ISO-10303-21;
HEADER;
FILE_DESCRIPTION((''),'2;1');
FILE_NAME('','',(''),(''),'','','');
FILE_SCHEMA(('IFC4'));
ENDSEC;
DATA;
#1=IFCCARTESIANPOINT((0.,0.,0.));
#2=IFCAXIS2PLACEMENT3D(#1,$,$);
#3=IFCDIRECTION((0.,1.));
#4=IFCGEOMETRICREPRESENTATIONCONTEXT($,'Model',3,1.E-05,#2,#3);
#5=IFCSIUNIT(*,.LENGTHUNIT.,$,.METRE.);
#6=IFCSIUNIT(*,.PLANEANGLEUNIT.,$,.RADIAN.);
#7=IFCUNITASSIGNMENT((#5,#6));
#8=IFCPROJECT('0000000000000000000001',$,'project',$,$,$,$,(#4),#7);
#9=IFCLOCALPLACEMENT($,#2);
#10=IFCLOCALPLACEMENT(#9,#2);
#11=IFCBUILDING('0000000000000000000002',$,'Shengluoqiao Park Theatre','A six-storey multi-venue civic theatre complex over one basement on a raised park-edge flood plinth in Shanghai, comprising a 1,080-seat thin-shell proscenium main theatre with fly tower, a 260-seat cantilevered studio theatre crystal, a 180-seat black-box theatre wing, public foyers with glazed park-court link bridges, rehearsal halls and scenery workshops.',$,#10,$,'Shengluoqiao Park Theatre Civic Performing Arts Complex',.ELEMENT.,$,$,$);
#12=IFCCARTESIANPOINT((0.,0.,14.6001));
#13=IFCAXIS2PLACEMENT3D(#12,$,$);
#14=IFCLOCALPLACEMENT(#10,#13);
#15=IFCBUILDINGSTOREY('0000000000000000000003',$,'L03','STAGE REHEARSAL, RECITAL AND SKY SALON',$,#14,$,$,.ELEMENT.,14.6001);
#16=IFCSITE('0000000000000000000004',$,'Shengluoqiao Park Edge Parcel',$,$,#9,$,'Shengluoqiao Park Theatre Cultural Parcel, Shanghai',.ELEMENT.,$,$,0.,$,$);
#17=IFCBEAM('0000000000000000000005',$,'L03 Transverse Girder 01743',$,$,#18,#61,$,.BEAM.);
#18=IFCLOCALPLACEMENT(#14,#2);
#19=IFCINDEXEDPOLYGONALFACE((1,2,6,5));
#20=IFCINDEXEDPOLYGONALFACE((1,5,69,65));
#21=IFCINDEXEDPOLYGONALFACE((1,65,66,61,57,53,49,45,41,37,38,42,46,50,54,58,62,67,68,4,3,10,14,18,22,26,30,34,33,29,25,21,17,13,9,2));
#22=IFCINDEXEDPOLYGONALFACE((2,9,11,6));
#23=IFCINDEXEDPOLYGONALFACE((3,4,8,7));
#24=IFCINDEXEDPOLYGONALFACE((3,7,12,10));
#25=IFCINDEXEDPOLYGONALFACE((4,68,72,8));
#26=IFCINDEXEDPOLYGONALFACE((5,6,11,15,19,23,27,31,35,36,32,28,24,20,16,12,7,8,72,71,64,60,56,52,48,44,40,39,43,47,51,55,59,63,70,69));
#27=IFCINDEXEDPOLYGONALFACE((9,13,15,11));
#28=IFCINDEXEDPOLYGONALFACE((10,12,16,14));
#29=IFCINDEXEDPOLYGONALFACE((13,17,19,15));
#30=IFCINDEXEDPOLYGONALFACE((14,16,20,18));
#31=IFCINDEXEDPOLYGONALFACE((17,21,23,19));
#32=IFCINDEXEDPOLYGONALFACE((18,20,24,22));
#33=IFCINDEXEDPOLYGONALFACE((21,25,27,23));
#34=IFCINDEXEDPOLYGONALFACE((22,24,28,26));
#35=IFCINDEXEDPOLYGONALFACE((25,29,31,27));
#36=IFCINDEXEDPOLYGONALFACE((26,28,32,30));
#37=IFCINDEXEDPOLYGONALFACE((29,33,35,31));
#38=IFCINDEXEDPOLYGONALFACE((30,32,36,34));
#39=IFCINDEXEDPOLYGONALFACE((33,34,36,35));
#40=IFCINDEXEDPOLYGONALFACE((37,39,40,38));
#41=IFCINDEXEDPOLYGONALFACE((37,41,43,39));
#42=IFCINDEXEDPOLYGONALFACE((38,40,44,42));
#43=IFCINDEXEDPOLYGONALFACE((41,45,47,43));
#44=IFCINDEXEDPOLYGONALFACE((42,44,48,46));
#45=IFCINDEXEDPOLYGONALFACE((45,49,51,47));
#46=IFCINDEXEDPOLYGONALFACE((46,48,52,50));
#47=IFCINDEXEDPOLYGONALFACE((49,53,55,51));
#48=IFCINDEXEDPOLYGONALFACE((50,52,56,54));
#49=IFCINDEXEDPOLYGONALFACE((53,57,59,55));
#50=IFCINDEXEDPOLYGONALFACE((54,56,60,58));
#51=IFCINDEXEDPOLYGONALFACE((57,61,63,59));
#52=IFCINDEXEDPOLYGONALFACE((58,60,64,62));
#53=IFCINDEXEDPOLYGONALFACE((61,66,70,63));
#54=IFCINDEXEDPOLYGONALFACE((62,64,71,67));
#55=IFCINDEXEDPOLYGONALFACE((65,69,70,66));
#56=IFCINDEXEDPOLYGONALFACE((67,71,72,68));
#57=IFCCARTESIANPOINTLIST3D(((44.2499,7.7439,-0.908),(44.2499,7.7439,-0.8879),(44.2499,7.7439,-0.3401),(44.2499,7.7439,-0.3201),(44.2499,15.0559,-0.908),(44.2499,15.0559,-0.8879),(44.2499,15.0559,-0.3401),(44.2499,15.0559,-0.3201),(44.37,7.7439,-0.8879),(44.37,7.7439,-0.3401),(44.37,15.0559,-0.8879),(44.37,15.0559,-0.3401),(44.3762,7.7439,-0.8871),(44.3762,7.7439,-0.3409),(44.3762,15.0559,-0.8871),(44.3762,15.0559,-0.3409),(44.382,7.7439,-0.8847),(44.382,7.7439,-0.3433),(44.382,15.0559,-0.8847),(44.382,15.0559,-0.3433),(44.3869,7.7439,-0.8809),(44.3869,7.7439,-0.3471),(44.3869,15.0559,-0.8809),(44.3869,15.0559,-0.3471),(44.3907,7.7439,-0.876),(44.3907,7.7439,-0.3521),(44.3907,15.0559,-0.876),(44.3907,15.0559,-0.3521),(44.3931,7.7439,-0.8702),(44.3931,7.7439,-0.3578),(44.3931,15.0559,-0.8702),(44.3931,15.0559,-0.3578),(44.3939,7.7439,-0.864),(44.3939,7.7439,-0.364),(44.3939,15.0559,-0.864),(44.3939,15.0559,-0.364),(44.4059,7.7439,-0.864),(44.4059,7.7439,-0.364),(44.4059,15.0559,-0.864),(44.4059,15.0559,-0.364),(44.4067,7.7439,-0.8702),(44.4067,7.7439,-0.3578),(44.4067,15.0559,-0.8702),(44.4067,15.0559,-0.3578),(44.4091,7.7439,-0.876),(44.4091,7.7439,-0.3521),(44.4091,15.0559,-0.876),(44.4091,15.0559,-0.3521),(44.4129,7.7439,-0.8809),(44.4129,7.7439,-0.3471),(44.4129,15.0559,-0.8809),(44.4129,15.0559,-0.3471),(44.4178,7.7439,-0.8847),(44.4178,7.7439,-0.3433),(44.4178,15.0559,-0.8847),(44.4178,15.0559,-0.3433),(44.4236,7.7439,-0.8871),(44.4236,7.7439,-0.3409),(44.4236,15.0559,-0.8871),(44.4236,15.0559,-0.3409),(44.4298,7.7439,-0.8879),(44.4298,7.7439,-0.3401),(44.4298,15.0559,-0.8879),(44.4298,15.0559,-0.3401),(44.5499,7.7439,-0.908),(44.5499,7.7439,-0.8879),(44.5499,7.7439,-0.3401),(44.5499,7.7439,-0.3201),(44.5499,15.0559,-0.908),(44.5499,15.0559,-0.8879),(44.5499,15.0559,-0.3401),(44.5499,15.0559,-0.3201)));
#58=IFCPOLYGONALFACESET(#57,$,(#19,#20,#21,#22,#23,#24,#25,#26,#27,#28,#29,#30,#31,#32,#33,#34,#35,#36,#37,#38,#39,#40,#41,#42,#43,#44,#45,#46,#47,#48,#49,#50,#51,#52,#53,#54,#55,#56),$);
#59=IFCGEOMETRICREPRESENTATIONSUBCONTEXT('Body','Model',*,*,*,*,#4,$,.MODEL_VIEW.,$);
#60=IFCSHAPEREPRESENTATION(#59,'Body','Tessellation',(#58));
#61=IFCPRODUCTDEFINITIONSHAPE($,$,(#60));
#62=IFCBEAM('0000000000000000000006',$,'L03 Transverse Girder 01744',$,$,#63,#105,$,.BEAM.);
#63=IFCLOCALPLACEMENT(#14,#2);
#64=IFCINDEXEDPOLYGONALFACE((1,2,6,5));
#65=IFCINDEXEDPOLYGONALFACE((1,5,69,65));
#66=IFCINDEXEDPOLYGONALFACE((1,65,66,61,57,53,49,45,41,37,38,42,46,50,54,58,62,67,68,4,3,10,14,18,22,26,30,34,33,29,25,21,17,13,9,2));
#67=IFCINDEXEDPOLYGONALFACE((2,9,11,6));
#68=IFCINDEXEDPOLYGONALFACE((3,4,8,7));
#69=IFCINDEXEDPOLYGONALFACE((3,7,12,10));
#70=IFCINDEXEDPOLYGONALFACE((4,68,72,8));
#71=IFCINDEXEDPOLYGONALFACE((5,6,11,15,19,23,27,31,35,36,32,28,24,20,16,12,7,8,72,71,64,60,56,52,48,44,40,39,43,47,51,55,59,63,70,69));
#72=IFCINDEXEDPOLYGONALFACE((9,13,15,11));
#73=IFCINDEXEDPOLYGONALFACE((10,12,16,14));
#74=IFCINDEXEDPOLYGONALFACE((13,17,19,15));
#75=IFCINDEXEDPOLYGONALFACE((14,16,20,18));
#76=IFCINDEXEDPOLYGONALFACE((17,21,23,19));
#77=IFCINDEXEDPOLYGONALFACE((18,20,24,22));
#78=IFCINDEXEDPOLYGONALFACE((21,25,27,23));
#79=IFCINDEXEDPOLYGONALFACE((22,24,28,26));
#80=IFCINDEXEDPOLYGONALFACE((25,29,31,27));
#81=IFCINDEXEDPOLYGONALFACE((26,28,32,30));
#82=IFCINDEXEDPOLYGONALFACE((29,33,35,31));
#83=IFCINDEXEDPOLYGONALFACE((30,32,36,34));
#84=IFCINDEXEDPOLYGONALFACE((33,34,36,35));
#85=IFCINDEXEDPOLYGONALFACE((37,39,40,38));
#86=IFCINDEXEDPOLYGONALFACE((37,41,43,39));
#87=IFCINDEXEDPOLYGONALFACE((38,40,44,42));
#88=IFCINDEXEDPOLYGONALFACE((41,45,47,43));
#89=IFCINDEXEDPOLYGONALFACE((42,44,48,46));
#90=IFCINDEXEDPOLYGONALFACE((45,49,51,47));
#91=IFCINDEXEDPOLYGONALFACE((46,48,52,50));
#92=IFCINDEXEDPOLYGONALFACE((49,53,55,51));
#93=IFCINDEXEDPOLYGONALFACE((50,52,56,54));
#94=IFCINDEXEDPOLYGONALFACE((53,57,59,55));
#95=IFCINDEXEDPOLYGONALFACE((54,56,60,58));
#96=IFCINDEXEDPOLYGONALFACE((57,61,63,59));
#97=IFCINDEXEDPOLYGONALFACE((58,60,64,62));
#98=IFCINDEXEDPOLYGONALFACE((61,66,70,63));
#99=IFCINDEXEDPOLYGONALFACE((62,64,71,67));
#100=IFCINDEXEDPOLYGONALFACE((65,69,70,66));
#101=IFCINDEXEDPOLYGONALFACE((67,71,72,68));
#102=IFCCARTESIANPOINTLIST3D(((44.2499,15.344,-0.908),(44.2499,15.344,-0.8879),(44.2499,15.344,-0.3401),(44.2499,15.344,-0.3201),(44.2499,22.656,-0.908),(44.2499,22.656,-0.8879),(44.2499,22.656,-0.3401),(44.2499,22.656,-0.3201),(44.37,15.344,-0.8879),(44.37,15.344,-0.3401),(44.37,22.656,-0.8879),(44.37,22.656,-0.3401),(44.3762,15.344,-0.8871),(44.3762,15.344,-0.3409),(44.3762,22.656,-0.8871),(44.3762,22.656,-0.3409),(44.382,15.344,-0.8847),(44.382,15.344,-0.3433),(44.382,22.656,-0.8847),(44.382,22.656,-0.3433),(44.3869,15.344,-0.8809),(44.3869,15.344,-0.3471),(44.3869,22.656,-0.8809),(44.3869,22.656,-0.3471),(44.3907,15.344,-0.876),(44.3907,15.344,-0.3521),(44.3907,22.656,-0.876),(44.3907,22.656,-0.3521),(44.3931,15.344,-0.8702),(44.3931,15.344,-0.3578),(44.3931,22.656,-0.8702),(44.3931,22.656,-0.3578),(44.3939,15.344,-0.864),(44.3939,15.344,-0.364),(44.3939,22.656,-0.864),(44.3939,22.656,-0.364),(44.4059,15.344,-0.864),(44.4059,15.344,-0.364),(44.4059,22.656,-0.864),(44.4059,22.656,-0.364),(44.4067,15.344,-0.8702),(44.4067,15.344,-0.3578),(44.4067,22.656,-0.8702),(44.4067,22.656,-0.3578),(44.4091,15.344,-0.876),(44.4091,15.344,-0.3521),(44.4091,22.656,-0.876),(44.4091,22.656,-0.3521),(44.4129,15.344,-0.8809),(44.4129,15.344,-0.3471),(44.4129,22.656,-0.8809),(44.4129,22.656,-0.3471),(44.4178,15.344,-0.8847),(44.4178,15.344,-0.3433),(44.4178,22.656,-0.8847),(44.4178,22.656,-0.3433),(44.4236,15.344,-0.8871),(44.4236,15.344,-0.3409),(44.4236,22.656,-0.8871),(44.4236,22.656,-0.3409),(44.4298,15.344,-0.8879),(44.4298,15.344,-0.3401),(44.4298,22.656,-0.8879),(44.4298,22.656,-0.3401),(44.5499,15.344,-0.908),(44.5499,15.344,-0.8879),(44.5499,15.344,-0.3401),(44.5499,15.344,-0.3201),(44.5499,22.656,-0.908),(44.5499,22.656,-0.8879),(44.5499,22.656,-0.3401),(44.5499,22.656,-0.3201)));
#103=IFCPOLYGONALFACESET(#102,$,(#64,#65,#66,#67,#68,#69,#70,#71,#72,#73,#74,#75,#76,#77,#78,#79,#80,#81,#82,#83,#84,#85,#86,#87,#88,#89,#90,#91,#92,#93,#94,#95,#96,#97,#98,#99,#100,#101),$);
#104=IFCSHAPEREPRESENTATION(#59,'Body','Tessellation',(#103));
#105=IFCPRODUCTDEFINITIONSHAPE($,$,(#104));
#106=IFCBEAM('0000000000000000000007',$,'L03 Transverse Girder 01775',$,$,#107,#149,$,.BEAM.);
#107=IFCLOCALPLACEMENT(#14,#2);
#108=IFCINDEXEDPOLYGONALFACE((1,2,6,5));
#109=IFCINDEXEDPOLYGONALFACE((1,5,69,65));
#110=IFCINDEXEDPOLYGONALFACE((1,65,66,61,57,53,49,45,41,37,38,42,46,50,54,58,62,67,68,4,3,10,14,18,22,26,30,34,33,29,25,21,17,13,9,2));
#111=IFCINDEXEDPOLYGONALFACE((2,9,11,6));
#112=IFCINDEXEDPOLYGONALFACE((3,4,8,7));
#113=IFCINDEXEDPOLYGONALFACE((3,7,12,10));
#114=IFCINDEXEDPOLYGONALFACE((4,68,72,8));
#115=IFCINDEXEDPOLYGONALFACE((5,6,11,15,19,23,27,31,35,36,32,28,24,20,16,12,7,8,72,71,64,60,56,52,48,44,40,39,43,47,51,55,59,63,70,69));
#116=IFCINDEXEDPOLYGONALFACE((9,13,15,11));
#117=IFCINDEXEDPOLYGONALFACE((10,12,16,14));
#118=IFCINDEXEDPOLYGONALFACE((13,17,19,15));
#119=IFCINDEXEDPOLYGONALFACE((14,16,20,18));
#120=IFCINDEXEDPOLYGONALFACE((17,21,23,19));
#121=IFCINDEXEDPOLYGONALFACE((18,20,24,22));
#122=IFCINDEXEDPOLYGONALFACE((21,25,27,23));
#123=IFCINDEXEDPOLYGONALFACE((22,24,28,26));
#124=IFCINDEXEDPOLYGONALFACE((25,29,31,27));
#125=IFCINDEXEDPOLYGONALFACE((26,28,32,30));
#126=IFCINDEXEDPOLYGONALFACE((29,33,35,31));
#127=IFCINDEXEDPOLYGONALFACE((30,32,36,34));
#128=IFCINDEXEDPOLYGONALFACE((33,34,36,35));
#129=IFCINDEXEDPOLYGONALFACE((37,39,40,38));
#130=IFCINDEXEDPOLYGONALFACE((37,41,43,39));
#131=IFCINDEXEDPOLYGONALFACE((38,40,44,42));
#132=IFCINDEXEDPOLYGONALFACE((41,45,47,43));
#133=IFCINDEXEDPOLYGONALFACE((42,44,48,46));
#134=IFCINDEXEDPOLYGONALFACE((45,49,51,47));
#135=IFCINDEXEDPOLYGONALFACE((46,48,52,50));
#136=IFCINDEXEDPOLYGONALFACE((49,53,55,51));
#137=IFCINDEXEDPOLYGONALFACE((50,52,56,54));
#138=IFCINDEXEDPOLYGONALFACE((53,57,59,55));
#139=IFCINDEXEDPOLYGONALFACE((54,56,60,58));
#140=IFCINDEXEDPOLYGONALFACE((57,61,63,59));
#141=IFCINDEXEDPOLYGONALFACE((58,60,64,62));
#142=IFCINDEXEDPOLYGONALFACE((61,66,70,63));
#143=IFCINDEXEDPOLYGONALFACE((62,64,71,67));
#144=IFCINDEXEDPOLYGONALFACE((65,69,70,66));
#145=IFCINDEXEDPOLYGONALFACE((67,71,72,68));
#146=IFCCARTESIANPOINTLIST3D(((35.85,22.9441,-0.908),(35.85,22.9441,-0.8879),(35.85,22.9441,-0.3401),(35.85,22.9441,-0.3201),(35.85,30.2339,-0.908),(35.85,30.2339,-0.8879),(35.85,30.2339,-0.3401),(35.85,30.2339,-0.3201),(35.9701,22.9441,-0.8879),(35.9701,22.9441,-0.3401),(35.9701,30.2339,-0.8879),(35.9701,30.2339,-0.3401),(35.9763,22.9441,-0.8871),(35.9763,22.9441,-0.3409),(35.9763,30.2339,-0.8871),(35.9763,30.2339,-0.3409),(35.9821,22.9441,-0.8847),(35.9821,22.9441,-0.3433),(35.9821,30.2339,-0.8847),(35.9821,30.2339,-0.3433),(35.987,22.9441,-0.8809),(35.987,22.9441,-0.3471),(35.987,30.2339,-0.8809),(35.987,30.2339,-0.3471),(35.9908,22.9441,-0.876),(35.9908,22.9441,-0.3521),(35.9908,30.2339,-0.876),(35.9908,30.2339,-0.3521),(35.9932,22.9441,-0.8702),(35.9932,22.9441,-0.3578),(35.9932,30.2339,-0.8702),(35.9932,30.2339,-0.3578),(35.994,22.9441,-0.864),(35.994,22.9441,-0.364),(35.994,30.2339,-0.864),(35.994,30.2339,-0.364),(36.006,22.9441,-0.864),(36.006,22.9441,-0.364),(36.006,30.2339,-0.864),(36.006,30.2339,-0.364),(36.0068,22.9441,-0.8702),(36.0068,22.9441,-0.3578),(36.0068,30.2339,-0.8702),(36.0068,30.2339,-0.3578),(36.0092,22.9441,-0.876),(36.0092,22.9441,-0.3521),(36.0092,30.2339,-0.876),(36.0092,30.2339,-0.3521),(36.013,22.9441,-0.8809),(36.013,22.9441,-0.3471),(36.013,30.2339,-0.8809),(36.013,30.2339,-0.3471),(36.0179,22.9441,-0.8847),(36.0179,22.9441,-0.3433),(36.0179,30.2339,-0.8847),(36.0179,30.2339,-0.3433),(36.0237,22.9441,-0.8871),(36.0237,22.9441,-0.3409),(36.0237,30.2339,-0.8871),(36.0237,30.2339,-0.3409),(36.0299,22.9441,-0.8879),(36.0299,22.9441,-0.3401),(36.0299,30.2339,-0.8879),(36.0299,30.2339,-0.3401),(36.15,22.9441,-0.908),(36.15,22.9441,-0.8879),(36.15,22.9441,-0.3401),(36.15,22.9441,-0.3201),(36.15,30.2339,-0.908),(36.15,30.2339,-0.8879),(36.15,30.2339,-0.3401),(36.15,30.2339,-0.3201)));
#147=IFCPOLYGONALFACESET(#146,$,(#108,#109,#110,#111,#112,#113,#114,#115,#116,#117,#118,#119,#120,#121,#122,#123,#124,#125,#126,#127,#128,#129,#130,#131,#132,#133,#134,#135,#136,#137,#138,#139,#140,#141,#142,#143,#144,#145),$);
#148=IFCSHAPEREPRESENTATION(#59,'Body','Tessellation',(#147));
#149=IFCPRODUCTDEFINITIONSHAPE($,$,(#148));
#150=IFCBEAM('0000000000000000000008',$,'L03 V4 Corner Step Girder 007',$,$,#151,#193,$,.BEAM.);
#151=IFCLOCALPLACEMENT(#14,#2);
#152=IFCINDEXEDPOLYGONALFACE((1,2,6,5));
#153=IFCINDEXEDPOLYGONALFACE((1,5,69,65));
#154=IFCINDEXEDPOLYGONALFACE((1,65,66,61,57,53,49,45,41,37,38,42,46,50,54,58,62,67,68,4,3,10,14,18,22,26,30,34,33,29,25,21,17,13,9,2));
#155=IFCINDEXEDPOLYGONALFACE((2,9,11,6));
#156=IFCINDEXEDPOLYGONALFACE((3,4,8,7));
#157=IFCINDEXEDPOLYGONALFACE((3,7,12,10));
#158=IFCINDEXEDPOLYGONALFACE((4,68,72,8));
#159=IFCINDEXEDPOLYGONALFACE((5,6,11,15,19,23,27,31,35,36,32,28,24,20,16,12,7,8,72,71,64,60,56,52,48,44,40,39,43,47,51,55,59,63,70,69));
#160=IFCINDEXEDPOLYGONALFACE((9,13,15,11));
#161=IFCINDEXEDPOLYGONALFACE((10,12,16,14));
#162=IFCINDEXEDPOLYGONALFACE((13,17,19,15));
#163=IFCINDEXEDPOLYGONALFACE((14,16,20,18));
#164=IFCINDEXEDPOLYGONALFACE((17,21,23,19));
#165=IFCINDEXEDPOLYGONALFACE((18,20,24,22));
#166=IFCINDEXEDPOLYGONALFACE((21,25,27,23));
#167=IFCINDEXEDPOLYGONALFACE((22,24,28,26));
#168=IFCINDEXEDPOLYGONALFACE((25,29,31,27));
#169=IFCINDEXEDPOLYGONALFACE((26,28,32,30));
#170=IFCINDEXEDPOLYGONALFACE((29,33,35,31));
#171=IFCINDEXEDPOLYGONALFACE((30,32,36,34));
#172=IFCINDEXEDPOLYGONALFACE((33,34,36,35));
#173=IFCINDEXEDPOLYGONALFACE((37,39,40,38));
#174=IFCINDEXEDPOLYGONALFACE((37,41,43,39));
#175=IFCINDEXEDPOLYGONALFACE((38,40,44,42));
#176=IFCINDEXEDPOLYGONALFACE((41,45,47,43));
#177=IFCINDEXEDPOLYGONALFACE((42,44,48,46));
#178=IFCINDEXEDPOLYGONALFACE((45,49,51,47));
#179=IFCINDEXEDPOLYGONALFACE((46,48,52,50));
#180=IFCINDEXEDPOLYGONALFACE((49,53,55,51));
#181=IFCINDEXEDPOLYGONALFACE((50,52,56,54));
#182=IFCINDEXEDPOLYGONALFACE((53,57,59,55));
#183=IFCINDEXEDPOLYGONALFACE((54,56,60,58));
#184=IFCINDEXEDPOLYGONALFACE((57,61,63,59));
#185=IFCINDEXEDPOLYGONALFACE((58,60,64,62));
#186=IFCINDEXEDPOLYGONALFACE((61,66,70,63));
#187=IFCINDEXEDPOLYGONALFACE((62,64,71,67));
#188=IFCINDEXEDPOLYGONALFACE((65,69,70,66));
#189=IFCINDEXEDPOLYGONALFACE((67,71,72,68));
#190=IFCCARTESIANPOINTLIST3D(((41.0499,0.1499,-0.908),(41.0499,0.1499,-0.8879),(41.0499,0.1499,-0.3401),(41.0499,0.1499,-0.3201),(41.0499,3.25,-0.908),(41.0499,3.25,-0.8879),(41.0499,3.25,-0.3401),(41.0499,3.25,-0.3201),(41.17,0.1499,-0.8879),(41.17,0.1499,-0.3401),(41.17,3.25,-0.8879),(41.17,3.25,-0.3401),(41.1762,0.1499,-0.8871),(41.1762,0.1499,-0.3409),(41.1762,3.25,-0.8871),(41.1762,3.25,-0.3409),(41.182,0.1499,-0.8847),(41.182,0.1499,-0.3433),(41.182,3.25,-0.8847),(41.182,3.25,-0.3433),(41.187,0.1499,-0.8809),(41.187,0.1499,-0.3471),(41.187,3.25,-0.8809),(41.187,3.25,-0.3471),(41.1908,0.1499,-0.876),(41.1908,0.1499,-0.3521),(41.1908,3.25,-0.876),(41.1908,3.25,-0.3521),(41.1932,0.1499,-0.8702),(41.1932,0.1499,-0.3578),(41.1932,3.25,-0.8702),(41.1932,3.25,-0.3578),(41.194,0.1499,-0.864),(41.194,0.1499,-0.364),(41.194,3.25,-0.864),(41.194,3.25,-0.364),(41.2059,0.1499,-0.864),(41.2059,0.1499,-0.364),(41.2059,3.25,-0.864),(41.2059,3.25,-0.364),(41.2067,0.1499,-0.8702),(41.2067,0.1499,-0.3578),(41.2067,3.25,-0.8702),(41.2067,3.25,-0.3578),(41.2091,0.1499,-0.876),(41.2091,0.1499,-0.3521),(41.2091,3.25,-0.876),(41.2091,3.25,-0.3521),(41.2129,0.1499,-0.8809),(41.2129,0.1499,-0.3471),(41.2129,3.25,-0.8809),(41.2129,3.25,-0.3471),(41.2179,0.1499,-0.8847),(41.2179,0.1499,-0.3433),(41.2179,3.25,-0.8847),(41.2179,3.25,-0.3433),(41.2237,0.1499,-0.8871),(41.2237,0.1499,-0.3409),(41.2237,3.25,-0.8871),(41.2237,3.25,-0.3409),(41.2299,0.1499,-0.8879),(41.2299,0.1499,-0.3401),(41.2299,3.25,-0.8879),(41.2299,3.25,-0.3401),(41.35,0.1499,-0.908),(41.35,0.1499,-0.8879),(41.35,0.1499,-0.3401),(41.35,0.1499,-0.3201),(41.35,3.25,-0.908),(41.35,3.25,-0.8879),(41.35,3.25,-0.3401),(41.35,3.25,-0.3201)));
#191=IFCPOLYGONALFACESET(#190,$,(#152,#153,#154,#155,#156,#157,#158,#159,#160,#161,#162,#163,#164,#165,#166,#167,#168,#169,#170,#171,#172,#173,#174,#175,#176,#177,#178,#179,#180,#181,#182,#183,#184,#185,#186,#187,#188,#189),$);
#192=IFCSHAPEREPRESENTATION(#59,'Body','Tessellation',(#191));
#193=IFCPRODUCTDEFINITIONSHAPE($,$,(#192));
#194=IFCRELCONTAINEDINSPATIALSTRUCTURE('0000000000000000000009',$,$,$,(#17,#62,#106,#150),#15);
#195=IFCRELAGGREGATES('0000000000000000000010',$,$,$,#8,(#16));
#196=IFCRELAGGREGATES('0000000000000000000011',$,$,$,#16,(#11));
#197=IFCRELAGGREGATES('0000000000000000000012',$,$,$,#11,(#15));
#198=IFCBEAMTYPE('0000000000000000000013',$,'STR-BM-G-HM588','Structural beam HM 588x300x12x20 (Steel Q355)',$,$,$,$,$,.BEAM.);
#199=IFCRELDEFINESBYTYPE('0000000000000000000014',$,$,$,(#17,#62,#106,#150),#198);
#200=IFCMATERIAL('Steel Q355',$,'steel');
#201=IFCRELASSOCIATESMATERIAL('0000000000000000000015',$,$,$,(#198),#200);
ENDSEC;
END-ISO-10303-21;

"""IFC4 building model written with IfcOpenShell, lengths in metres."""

from ifc_helpers import new_model, si_unit, direction, frame, origin, origin_2d, place, context, subcontext, project, spatial, i_section, extrude, material, material_profile, profile_set, type_object, element, save


model = new_model("IFC4")

# Units and contexts
model_context = context("Model", 3, precision=1e-05, world=origin(), true_north=direction((0.0, 1.0)))
body_context = subcontext(model_context, "Body", "Model", "MODEL_VIEW")
ifc_project = project(units=[si_unit("LENGTHUNIT", "METRE"), si_unit("PLANEANGLEUNIT", "RADIAN")], contexts=[model_context])

# Site, building, storey
site_placement = place(None, origin())
site = spatial("IfcSite", under=ifc_project, at=site_placement, Name="Shengluoqiao Park Edge Parcel", LongName="Shengluoqiao Park Theatre Cultural Parcel, Shanghai", CompositionType="ELEMENT", RefElevation=0.0)
building_placement = place(site_placement, origin())
building = spatial("IfcBuilding", under=site, at=building_placement, Name="Shengluoqiao Park Theatre", Description="A six-storey multi-venue civic theatre complex over one basement on a raised park-edge flood plinth in Shanghai, comprising a 1,080-seat thin-shell proscenium main theatre with fly tower, a 260-seat cantilevered studio theatre crystal, a 180-seat black-box theatre wing, public foyers with glazed park-court link bridges, rehearsal halls and scenery workshops.", LongName="Shengluoqiao Park Theatre Civic Performing Arts Complex", CompositionType="ELEMENT")
storey_placement = place(building_placement, frame((0.0, 0.0, 14.6001)))
storey = spatial("IfcBuildingStorey", under=building, at=storey_placement, Name="L03", Description="STAGE REHEARSAL, RECITAL AND SKY SALON", CompositionType="ELEMENT", Elevation=14.6001)

# Beams
ifc_material_1 = material(Name="Steel Q355", Category="steel")
ifc_material_profile_1 = material_profile(ifc_material_1, i_section(OverallWidth=0.3, OverallDepth=0.5879, WebThickness=0.012, FlangeThickness=0.02, FilletRadius=0.0239, at=origin_2d()), Name="HM 588x300x12x20")
ifc_profile_set_1 = profile_set([ifc_material_profile_1], Name="Steel Q355")
beam_type_1 = type_object("IfcBeamType", Name="STR-BM-G-HM588", Description="Structural beam HM 588x300x12x20 (Steel Q355)", PredefinedType="BEAM", material=ifc_profile_set_1)
for number, where, z_axis, x_axis, name in (
    (1, (44.3999, 7.7439, -0.614), (0.0, 1.0, 0.0), (-1.0, 0.0, 0.0), "L03 Transverse Girder 01743"),
    (2, (44.3999, 15.344, -0.614), (0.0, 1.0, 0.0), (-1.0, 0.0, 0.0), "L03 Transverse Girder 01744"),
):
    element("IfcBeam", number, at=place(storey_placement, frame(where, z_axis=z_axis, x_axis=x_axis)), inside=storey, type_object=beam_type_1, Name=name, PredefinedType="BEAM", context=body_context, shape_type="SweptSolid", body=[
        extrude(i_section(OverallWidth=0.3, OverallDepth=0.5879, WebThickness=0.012, FlangeThickness=0.02, FilletRadius=0.0239, at=origin_2d()), origin(), (0.0, 0.0, 1.0), 7.312),
    ])
beam_1_placement = place(storey_placement, frame((36.0, 22.9441, -0.614), z_axis=(0.0, 1.0, 0.0), x_axis=(-1.0, 0.0, 0.0)))
element("IfcBeam", 3, at=beam_1_placement, inside=storey, type_object=beam_type_1, Name="L03 Transverse Girder 01775", PredefinedType="BEAM", context=body_context, shape_type="SweptSolid", body=[
    extrude(i_section(OverallWidth=0.3, OverallDepth=0.5879, WebThickness=0.012, FlangeThickness=0.02, FilletRadius=0.0239, at=origin_2d()), origin(), (0.0, 0.0, 1.0), 7.2898),
])
beam_2_placement = place(storey_placement, frame((41.2, 0.1499, -0.614), z_axis=(0.0, 1.0, 0.0), x_axis=(-1.0, 0.0, 0.0)))
element("IfcBeam", 4, at=beam_2_placement, inside=storey, type_object=beam_type_1, Name="L03 V4 Corner Step Girder 007", PredefinedType="BEAM", context=body_context, shape_type="SweptSolid", body=[
    extrude(i_section(OverallWidth=0.3, OverallDepth=0.5879, WebThickness=0.012, FlangeThickness=0.02, FilletRadius=0.0239, at=origin_2d()), origin(), (0.0, 0.0, 1.0), 3.1001),
])

save(model, "model.ifc")
